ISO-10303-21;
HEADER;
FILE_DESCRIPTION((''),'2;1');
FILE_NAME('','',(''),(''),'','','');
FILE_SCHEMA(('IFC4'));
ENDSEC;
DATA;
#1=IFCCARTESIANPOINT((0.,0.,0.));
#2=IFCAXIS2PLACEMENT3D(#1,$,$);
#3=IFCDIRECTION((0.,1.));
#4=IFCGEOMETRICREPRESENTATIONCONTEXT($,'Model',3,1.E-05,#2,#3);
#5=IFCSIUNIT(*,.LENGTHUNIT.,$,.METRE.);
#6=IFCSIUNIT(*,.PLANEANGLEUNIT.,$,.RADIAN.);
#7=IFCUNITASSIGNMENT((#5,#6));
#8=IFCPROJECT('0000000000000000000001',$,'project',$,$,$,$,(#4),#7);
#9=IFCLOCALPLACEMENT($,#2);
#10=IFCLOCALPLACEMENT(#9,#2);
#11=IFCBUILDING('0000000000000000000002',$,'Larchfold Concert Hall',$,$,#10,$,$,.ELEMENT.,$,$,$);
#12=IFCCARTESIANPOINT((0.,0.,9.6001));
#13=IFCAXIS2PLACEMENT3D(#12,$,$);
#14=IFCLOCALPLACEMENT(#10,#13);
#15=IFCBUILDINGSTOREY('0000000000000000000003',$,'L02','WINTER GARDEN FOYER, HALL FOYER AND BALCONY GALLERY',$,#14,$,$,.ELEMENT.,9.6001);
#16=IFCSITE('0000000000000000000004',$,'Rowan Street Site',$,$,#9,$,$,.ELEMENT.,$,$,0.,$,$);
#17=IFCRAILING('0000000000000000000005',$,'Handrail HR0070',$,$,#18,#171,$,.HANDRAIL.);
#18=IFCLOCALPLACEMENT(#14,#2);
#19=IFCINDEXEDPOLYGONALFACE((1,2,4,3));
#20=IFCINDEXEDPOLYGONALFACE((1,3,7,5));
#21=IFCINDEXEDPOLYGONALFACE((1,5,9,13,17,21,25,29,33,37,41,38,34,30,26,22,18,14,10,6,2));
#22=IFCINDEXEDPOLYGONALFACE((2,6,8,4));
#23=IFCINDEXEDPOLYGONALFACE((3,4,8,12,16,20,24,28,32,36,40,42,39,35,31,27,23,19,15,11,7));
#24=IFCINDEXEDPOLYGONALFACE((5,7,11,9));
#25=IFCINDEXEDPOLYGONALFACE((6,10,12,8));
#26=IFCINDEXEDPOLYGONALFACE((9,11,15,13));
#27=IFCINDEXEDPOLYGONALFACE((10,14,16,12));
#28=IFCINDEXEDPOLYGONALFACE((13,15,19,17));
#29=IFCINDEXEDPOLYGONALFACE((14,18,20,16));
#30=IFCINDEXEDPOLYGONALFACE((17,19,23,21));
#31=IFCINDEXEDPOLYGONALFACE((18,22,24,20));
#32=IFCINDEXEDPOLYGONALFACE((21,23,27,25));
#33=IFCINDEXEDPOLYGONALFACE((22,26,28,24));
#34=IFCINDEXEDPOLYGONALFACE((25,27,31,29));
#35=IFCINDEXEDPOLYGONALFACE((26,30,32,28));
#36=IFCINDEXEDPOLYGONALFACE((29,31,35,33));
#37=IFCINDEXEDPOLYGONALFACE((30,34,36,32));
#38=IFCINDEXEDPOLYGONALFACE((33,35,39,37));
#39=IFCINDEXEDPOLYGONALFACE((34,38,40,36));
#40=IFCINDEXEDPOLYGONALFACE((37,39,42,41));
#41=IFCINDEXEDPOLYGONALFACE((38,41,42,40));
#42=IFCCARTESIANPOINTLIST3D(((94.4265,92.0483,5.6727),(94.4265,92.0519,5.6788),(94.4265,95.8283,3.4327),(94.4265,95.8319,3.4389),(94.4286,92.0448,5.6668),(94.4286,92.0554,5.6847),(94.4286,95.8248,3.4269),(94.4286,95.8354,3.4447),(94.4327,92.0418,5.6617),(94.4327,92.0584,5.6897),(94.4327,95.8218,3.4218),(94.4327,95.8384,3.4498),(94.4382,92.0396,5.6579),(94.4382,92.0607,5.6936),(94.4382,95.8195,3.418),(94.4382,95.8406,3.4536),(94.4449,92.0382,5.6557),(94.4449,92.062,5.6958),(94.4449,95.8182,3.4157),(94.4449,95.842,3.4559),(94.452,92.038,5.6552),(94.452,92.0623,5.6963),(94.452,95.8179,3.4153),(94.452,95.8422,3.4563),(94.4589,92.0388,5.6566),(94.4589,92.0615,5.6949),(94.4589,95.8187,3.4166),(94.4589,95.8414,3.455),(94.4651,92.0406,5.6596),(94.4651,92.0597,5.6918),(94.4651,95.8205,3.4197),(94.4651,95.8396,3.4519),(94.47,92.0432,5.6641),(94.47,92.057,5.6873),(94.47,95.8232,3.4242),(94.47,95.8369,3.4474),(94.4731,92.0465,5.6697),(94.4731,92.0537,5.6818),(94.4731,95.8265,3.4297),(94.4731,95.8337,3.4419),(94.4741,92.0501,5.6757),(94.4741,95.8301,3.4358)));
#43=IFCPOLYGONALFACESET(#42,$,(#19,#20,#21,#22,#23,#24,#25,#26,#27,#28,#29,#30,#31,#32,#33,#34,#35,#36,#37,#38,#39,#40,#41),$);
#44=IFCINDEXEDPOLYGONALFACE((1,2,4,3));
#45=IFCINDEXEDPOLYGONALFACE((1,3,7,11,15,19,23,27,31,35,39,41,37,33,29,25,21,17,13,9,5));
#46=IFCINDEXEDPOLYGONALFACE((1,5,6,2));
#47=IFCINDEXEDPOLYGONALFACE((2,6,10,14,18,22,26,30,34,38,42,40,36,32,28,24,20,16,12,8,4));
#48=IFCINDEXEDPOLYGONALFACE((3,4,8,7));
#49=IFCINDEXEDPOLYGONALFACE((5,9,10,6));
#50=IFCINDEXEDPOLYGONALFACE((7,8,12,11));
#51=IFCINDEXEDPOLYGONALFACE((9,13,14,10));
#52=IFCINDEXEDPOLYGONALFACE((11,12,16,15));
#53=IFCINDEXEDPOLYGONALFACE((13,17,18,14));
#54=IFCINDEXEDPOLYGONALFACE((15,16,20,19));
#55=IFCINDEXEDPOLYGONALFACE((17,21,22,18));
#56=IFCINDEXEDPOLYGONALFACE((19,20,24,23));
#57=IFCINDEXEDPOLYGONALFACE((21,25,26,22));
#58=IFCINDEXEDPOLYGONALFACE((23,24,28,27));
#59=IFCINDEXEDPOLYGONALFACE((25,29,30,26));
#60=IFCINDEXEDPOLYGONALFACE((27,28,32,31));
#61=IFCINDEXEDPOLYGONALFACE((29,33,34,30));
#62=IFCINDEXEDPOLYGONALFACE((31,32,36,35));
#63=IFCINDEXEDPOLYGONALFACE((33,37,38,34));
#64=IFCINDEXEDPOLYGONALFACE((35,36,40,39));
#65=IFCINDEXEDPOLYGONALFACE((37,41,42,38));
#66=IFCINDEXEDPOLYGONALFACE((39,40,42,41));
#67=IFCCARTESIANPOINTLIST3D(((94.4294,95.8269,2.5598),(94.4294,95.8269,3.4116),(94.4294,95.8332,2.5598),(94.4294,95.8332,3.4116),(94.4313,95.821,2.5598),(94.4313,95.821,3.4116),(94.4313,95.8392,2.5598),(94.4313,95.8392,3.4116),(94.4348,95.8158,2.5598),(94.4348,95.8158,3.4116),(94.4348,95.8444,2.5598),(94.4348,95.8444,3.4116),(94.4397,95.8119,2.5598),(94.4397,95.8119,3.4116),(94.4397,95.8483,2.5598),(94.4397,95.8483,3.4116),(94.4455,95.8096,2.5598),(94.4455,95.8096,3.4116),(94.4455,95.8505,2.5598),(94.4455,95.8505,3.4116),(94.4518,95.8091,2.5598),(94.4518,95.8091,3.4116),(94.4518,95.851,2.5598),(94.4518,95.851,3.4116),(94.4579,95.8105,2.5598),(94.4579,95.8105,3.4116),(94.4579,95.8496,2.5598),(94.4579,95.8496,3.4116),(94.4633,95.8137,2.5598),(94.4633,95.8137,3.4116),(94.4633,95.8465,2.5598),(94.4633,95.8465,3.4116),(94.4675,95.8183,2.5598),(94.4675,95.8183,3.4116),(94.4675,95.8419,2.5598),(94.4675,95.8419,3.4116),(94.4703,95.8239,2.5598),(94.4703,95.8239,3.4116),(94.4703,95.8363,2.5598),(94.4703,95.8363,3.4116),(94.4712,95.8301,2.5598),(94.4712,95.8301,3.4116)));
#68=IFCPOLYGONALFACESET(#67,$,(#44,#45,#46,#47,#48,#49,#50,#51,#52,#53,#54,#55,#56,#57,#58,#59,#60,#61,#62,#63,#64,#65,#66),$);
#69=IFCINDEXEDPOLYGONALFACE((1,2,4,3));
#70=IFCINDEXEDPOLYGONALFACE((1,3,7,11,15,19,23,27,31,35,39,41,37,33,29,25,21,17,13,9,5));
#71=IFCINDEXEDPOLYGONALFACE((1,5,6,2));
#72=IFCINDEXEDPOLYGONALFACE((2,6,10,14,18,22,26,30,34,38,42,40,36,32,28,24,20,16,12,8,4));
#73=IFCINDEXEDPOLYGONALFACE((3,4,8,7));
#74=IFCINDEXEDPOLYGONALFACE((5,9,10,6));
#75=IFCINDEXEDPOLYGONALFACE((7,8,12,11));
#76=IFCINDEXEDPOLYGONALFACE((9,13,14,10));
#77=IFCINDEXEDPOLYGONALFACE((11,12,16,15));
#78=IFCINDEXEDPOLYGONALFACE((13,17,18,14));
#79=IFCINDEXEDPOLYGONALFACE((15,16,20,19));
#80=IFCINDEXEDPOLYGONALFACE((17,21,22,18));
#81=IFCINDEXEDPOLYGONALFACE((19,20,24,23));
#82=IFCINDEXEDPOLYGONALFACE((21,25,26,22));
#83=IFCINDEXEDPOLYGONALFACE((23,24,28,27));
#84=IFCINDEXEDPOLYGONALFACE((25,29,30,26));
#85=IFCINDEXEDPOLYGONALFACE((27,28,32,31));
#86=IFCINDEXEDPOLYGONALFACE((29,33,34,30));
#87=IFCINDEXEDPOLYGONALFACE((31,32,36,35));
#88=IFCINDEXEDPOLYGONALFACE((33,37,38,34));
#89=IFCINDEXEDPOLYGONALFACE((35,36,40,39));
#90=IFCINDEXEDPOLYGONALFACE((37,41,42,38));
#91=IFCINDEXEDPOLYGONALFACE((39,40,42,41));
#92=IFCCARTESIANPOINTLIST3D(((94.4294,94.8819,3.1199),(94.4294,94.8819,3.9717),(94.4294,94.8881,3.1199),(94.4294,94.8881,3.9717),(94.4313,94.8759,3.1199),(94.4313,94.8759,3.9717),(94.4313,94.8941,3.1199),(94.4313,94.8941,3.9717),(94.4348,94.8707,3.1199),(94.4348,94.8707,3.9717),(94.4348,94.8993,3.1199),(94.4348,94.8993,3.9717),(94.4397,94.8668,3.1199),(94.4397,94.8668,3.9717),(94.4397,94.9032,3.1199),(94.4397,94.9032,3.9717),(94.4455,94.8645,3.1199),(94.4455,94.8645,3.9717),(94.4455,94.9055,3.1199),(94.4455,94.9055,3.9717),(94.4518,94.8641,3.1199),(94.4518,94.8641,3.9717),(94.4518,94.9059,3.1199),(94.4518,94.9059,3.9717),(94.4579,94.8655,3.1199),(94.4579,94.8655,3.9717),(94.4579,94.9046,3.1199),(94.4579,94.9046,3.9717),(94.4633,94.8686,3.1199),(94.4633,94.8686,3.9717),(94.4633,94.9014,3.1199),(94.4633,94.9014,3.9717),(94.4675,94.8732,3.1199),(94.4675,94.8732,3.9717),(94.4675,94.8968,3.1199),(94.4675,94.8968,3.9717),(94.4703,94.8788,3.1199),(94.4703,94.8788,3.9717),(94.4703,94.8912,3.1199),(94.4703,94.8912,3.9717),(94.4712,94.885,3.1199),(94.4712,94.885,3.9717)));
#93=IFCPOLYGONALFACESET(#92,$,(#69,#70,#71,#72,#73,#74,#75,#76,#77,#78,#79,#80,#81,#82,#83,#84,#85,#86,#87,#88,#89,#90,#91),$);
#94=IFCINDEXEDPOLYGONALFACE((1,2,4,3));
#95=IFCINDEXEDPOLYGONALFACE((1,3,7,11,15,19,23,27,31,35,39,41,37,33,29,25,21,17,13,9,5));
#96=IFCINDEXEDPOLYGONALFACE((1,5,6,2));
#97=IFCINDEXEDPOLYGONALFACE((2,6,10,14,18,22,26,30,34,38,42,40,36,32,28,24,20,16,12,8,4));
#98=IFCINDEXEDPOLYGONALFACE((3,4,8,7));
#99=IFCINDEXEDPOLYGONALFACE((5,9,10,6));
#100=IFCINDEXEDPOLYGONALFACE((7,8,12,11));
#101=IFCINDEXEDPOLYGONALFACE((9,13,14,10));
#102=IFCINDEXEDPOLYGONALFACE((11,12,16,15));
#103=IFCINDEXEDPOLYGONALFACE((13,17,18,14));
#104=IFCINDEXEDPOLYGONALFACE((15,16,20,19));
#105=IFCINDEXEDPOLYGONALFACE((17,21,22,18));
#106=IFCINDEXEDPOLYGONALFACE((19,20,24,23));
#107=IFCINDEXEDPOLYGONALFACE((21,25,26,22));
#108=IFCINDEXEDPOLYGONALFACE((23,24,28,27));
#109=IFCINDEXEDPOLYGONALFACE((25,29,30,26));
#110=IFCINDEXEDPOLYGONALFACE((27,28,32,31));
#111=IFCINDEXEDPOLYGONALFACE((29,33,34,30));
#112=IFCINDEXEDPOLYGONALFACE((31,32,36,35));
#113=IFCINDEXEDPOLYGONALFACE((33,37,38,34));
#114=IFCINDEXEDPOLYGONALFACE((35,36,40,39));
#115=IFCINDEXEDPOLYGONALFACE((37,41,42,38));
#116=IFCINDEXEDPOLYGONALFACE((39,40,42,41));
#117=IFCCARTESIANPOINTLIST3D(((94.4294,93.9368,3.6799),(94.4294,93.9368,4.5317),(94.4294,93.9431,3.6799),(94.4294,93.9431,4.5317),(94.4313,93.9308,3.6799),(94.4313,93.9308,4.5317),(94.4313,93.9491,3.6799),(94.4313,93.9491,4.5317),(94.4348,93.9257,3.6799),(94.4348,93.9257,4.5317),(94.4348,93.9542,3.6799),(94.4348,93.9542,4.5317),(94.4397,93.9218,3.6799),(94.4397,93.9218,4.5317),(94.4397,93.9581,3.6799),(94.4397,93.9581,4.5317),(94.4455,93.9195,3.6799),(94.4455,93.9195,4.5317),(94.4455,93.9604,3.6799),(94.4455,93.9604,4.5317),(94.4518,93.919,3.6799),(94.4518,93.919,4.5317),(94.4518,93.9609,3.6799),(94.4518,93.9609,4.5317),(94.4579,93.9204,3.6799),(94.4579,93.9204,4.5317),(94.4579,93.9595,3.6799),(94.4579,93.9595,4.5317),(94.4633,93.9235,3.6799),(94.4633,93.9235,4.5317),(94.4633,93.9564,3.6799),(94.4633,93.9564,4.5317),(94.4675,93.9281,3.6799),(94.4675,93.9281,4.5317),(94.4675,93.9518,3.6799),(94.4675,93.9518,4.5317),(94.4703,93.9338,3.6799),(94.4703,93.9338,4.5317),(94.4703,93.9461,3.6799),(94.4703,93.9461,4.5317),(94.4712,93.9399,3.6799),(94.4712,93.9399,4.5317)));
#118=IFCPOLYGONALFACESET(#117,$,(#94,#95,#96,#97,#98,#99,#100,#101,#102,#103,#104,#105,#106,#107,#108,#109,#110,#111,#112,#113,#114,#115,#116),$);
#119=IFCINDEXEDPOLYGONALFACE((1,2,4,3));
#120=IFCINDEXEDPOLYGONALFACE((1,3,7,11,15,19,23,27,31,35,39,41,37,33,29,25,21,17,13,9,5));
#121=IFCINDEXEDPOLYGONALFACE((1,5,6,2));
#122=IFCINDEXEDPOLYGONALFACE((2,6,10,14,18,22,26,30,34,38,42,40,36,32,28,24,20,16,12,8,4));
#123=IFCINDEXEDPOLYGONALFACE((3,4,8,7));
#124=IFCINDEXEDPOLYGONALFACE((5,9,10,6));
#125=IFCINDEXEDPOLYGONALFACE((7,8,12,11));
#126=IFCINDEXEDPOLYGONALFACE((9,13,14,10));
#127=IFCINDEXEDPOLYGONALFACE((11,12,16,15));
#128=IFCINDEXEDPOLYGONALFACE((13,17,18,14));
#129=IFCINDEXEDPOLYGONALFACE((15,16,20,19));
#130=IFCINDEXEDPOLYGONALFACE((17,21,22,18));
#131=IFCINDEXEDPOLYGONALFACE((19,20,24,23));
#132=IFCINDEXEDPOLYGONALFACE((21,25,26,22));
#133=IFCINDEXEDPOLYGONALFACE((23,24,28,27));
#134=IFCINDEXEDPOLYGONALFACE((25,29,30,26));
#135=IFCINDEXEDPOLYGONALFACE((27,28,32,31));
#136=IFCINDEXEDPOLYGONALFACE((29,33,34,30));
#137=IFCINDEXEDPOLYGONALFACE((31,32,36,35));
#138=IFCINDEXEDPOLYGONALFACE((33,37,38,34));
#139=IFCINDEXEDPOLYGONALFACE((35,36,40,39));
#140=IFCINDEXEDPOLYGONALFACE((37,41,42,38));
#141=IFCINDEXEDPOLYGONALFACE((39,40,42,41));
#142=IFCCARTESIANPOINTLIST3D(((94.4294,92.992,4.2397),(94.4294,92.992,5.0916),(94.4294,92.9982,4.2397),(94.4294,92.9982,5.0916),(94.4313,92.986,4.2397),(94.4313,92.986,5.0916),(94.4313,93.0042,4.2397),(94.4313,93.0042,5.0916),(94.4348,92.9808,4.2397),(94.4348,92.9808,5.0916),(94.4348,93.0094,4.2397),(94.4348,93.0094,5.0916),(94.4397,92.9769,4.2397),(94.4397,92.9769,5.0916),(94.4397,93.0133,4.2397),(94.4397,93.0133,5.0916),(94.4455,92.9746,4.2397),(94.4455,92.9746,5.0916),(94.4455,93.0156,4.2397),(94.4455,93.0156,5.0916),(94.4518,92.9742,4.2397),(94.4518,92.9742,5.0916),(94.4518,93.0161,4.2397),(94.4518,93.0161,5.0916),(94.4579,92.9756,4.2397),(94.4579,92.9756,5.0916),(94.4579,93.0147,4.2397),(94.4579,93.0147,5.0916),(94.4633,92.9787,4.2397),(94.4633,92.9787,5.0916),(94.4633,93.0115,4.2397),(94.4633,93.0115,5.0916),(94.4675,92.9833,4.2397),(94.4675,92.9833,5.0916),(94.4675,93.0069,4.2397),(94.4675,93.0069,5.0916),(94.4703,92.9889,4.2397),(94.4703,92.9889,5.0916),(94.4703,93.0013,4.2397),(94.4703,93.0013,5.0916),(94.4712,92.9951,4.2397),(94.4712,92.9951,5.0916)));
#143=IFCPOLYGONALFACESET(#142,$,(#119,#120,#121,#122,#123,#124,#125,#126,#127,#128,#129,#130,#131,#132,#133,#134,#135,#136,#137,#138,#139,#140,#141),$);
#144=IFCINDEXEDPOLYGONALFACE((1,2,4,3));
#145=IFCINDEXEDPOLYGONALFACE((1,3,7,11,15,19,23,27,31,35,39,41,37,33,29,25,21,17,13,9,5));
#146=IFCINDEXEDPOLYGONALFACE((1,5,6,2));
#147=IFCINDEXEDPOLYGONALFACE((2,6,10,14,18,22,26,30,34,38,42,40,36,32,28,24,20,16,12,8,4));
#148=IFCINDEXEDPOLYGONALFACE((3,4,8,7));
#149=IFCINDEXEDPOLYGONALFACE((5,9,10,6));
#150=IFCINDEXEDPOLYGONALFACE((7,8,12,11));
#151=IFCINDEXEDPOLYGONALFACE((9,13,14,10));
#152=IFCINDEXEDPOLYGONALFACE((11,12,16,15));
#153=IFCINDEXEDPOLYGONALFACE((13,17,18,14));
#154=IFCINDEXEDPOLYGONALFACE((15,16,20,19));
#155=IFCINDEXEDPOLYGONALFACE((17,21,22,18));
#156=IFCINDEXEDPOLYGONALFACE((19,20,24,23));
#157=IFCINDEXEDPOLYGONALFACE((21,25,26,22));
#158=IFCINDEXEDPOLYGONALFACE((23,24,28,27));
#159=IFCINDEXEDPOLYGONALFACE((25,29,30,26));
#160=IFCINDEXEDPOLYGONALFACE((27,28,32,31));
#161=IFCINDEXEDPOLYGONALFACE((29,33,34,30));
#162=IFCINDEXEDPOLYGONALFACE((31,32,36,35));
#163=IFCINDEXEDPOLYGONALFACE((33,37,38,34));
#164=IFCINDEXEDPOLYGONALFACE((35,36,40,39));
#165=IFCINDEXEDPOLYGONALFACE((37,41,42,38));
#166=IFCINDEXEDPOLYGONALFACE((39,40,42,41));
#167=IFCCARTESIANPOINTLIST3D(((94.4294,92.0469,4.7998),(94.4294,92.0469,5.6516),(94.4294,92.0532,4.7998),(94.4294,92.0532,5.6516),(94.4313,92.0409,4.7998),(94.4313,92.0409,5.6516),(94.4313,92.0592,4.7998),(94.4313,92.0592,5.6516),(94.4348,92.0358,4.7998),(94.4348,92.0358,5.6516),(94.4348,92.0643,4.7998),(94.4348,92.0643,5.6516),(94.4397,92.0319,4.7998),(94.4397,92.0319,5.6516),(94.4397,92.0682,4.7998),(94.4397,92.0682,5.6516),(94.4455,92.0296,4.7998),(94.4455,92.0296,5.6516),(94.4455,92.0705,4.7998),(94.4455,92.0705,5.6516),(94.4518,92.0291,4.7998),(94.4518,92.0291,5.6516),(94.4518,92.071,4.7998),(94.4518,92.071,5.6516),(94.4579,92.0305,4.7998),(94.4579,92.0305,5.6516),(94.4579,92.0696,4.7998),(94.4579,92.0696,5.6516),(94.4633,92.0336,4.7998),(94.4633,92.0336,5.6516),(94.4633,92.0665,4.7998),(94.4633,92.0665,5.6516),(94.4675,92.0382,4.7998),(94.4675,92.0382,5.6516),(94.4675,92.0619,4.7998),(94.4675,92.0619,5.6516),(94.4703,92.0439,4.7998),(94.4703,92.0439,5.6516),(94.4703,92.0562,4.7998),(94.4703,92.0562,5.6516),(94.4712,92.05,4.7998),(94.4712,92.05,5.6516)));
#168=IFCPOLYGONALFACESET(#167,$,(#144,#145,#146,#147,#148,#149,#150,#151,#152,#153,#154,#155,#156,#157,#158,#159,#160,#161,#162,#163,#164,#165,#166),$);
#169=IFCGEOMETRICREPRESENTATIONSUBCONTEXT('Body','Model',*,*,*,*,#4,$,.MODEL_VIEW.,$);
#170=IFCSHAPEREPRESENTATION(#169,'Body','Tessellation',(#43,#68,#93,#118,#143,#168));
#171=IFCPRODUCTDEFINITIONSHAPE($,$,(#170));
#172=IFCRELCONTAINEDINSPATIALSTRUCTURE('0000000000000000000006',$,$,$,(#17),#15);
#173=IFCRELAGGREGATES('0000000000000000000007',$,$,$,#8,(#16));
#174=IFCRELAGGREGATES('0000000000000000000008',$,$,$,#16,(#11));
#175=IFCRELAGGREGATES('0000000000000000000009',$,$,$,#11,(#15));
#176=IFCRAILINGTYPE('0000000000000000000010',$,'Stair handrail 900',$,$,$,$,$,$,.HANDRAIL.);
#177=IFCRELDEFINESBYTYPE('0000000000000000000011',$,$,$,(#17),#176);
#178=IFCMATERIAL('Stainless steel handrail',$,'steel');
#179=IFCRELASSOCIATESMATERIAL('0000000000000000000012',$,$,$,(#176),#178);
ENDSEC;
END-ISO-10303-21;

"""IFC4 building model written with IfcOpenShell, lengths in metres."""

from ifc_helpers import new_model, si_unit, direction, frame, origin, origin_2d, place, context, subcontext, project, spatial, circle, extrude, material, type_object, element, save


model = new_model("IFC4")

# Units and contexts
model_context = context("Model", 3, precision=1e-05, world=origin(), true_north=direction((0.0, 1.0)))
body_context = subcontext(model_context, "Body", "Model", "MODEL_VIEW")
ifc_project = project(units=[si_unit("LENGTHUNIT", "METRE"), si_unit("PLANEANGLEUNIT", "RADIAN")], contexts=[model_context])

# Site, building, storey
site_placement = place(None, origin())
site = spatial("IfcSite", under=ifc_project, at=site_placement, Name="Rowan Street Site", CompositionType="ELEMENT", RefElevation=0.0)
building_placement = place(site_placement, origin())
building = spatial("IfcBuilding", under=site, at=building_placement, Name="Larchfold Concert Hall", CompositionType="ELEMENT")
storey_placement = place(building_placement, frame((0.0, 0.0, 9.6001)))
storey = spatial("IfcBuildingStorey", under=building, at=storey_placement, Name="L02", Description="WINTER GARDEN FOYER, HALL FOYER AND BALCONY GALLERY", CompositionType="ELEMENT", Elevation=9.6001)

# Railing
ifc_material_1 = material(Name="Stainless steel handrail", Category="steel")
railing_type_1 = type_object("IfcRailingType", Name="Stair handrail 900", PredefinedType="HANDRAIL", material=ifc_material_1)
railing_1_placement = place(storey_placement, frame((94.4502, 95.8301, 2.5598)))
element("IfcRailing", 1, at=railing_1_placement, inside=storey, type_object=railing_type_1, Name="Handrail HR0070", PredefinedType="HANDRAIL", context=body_context, shape_type="SweptSolid", body=[
    extrude(circle(Radius=0.0239, at=origin_2d()), frame((0.0, 0.0, 0.876), z_axis=(0.0, -0.860294, 0.509798), x_axis=(1.0, 0.0, 0.0)), (0.0, 0.0, 1.0), 4.3938),
    extrude(circle(Radius=0.021, at=origin_2d()), origin(), (0.0, 0.0, 1.0), 0.8518),
    extrude(circle(Radius=0.021, at=origin_2d()), frame((0.0, -0.9451, 0.5601)), (0.0, 0.0, 1.0), 0.8518),
    extrude(circle(Radius=0.021, at=origin_2d()), frame((0.0, -1.8901, 1.1201)), (0.0, 0.0, 1.0), 0.8518),
    extrude(circle(Radius=0.021, at=origin_2d()), frame((0.0, -2.835, 1.6799)), (0.0, 0.0, 1.0), 0.8518),
    extrude(circle(Radius=0.021, at=origin_2d()), frame((0.0, -3.78, 2.24)), (0.0, 0.0, 1.0), 0.8518),
])

save(model, "model.ifc")
